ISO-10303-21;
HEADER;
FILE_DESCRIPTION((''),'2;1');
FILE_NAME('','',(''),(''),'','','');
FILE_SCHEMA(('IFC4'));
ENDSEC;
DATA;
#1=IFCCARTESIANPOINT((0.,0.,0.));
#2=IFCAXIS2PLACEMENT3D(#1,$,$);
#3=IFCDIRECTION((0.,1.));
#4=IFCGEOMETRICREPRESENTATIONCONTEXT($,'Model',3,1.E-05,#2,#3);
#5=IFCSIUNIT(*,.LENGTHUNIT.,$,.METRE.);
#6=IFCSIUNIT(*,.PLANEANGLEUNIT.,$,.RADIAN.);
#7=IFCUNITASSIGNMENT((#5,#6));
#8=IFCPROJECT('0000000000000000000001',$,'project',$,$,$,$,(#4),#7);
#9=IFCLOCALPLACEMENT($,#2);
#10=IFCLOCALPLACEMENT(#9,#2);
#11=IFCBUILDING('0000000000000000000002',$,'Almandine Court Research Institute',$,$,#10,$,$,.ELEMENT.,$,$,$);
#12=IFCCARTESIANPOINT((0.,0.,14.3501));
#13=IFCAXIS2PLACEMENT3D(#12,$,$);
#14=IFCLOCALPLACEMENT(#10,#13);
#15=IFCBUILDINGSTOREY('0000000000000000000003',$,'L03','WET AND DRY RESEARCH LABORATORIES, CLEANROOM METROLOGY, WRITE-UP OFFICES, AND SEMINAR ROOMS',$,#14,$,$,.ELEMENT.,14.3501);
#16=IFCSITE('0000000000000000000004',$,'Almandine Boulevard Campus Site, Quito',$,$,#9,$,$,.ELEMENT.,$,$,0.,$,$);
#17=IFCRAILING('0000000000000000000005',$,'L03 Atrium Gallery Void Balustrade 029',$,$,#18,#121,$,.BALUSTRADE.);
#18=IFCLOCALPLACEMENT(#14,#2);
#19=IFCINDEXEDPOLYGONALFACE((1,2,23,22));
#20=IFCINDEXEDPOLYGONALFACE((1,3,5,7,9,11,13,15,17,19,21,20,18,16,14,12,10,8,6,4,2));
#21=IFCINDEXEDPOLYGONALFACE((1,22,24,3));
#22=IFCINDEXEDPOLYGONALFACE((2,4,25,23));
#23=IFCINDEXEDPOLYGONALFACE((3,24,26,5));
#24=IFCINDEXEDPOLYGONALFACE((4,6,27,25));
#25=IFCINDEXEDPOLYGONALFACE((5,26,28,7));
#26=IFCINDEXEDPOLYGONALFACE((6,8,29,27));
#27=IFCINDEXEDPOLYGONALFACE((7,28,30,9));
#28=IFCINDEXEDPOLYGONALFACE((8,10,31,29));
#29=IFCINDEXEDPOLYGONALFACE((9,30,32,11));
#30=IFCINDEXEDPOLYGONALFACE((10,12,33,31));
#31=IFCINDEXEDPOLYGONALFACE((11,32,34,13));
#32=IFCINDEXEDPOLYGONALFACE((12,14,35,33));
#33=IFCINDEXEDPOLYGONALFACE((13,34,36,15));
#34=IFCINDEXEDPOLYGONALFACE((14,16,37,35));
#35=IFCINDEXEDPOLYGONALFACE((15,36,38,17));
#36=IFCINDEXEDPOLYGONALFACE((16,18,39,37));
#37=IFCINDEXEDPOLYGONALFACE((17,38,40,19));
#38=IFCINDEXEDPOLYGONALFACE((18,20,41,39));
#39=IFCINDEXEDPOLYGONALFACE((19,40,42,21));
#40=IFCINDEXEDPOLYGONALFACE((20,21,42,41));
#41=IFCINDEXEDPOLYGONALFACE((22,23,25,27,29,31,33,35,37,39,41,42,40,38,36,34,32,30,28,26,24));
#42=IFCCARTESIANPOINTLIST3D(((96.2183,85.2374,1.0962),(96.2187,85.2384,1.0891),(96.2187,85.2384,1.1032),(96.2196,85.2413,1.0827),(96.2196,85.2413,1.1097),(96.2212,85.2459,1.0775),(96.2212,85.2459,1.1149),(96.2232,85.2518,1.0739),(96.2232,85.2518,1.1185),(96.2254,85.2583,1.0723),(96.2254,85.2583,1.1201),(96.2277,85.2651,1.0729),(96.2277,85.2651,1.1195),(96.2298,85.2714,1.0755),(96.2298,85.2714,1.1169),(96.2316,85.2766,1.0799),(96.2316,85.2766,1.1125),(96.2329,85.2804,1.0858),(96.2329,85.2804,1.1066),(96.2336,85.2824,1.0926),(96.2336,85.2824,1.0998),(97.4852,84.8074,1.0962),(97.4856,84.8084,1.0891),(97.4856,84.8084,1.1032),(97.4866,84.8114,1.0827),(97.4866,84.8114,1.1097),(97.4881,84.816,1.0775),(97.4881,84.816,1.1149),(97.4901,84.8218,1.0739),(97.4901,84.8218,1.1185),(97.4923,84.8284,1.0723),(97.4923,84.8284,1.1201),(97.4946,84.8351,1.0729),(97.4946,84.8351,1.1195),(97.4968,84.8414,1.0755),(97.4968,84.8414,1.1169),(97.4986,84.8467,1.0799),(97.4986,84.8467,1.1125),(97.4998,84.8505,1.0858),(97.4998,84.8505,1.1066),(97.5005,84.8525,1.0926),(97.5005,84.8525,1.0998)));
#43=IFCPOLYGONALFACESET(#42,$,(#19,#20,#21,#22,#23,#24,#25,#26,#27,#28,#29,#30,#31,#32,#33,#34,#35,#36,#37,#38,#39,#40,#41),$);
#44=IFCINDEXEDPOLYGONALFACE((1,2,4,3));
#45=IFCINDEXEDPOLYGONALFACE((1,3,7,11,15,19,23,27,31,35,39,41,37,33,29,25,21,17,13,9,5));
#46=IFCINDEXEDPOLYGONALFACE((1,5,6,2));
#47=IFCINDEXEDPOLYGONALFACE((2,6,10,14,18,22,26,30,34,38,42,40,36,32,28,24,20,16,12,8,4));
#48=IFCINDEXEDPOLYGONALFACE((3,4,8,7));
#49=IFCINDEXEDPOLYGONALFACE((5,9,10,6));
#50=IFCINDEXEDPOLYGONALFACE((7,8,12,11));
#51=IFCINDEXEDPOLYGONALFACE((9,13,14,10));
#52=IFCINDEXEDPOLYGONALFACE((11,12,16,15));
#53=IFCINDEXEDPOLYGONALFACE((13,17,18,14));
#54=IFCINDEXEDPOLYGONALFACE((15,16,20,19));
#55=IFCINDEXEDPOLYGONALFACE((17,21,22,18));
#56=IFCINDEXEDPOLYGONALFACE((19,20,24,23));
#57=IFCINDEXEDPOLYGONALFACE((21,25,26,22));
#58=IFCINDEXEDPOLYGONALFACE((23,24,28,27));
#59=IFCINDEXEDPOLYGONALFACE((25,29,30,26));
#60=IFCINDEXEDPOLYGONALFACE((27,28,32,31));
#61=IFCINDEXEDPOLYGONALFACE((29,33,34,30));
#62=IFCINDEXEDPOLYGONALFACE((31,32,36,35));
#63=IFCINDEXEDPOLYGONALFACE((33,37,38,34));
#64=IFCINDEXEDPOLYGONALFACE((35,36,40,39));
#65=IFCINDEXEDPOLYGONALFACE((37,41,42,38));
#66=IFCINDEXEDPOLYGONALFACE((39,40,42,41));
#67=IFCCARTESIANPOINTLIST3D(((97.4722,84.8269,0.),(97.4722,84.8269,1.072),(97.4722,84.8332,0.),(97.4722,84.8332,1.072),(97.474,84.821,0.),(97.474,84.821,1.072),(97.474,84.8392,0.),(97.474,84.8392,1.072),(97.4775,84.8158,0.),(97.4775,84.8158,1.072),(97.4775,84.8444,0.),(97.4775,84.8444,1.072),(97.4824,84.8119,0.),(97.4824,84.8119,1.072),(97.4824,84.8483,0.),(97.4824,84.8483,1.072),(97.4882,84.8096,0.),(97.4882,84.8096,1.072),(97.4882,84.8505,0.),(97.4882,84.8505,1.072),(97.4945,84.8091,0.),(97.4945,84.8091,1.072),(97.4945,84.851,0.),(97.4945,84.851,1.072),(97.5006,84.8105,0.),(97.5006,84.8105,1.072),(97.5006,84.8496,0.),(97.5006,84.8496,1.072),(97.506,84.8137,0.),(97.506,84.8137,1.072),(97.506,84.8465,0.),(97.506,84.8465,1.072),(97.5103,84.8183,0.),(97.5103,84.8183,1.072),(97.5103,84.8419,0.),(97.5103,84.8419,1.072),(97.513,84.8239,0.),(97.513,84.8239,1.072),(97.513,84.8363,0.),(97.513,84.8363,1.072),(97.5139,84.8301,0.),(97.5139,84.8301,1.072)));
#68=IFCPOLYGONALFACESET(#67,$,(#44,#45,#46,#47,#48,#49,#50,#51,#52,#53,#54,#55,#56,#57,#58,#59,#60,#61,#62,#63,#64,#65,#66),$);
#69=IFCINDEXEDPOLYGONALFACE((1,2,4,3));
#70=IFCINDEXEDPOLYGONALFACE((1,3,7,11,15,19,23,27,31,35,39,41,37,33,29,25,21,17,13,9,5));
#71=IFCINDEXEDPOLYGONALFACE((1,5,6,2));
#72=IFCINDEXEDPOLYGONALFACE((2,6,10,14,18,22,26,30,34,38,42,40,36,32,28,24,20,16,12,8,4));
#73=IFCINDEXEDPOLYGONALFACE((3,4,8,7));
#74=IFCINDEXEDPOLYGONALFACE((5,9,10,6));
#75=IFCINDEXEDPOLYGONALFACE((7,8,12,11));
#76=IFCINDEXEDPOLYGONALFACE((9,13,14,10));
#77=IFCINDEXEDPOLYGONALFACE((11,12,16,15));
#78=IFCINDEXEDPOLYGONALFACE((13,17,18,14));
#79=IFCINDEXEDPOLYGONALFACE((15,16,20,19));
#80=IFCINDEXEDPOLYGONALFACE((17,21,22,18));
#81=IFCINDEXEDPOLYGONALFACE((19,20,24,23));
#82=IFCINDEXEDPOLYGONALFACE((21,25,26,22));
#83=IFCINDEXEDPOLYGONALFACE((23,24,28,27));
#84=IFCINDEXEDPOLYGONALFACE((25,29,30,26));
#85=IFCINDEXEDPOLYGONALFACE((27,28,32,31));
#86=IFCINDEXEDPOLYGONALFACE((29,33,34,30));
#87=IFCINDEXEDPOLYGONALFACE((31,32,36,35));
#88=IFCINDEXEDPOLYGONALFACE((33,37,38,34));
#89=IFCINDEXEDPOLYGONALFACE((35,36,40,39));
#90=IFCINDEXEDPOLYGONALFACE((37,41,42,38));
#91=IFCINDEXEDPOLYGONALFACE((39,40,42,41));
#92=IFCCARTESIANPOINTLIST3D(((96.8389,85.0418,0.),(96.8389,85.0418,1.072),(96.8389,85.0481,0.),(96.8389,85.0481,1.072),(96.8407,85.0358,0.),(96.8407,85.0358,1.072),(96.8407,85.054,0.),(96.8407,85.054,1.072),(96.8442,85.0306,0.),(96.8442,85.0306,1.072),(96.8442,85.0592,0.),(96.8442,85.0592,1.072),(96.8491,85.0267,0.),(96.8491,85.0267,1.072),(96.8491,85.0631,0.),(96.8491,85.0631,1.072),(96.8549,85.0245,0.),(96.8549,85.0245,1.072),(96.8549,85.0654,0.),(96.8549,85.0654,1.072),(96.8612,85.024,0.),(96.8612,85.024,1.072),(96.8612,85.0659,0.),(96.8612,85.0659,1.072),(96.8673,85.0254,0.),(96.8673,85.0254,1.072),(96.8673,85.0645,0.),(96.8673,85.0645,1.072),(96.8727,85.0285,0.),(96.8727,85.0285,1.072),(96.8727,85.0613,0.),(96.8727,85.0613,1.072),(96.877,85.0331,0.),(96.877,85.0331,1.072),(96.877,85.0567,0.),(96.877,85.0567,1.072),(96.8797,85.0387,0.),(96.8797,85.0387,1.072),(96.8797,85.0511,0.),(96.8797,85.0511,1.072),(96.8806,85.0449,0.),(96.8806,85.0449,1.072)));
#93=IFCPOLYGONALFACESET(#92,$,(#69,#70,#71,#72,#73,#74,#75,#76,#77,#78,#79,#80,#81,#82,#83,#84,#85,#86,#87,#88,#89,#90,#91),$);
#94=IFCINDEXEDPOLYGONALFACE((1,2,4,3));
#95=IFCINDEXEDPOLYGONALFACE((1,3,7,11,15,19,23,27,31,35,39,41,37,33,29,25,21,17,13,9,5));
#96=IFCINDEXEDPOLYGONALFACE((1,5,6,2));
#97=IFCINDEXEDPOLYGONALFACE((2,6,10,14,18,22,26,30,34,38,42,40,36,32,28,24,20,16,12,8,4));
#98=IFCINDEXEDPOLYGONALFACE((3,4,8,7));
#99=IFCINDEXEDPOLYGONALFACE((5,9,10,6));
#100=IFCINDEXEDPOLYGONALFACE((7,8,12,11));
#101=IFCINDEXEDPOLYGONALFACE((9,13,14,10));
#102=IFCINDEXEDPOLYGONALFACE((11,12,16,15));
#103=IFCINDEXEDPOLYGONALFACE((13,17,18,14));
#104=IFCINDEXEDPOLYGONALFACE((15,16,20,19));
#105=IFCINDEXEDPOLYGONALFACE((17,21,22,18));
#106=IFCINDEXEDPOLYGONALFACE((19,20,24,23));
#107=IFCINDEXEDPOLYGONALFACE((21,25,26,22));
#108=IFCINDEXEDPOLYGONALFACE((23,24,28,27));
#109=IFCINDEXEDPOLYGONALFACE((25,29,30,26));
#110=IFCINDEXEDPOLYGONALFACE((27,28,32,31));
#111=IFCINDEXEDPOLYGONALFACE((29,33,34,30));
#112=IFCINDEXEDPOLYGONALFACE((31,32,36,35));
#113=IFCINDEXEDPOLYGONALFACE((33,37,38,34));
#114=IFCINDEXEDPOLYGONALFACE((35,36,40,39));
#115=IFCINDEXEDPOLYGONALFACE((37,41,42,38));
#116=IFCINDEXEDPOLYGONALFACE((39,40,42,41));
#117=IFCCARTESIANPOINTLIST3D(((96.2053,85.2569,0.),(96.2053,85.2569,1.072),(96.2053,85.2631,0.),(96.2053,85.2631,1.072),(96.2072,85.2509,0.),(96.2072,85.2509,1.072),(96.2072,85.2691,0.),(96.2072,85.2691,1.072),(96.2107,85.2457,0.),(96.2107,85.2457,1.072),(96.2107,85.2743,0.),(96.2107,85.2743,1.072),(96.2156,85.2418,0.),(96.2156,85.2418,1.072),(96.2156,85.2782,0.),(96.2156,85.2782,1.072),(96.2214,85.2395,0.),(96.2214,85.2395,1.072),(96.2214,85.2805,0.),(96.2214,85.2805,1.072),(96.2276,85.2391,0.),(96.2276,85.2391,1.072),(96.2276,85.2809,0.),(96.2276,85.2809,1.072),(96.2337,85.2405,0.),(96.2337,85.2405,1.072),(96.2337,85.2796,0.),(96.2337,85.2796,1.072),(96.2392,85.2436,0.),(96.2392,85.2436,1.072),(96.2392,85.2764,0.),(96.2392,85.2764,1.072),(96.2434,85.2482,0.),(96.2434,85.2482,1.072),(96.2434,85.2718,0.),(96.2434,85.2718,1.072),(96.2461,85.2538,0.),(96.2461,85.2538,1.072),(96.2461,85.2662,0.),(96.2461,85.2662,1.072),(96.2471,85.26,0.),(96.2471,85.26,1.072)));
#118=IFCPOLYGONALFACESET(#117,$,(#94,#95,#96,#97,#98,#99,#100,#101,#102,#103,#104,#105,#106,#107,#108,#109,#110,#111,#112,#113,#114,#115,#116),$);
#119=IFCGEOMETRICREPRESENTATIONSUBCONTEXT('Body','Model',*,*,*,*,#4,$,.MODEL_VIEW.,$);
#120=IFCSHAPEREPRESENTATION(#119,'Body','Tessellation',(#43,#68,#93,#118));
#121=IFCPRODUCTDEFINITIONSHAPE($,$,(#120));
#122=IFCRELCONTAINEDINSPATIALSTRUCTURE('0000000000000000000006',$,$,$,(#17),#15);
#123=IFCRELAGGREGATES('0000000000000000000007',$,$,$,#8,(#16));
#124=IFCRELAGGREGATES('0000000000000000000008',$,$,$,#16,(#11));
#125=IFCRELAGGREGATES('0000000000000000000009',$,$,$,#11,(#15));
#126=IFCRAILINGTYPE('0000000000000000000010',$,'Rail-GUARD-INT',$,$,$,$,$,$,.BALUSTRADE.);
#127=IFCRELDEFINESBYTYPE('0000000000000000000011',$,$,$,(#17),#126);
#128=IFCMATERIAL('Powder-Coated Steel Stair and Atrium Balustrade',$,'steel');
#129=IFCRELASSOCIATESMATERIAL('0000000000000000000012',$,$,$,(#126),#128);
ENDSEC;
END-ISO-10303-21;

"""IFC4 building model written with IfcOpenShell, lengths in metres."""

from ifc_helpers import new_model, si_unit, direction, frame, origin, origin_2d, place, context, subcontext, project, spatial, circle, extrude, material, type_object, element, save


model = new_model("IFC4")

# Units and contexts
model_context = context("Model", 3, precision=1e-05, world=origin(), true_north=direction((0.0, 1.0)))
body_context = subcontext(model_context, "Body", "Model", "MODEL_VIEW")
ifc_project = project(units=[si_unit("LENGTHUNIT", "METRE"), si_unit("PLANEANGLEUNIT", "RADIAN")], contexts=[model_context])

# Site, building, storey
site_placement = place(None, origin())
site = spatial("IfcSite", under=ifc_project, at=site_placement, Name="Almandine Boulevard Campus Site, Quito", CompositionType="ELEMENT", RefElevation=0.0)
building_placement = place(site_placement, origin())
building = spatial("IfcBuilding", under=site, at=building_placement, Name="Almandine Court Research Institute", CompositionType="ELEMENT")
storey_placement = place(building_placement, frame((0.0, 0.0, 14.3501)))
storey = spatial("IfcBuildingStorey", under=building, at=storey_placement, Name="L03", Description="WET AND DRY RESEARCH LABORATORIES, CLEANROOM METROLOGY, WRITE-UP OFFICES, AND SEMINAR ROOMS", CompositionType="ELEMENT", Elevation=14.3501)

# Railing
ifc_material_1 = material(Name="Powder-Coated Steel Stair and Atrium Balustrade", Category="steel")
railing_type_1 = type_object("IfcRailingType", Name="Rail-GUARD-INT", PredefinedType="BALUSTRADE", material=ifc_material_1)
railing_1_placement = place(storey_placement, frame((97.4929, 84.8301, 0.0)))
element("IfcRailing", 1, at=railing_1_placement, inside=storey, type_object=railing_type_1, Name="L03 Atrium Gallery Void Balustrade 029", PredefinedType="BALUSTRADE", context=body_context, shape_type="SweptSolid", body=[
    extrude(circle(Radius=0.0239, at=origin_2d()), frame((0.0, 0.0, 1.0962), z_axis=(-0.946954, 0.321369, 0.0), x_axis=(-0.321369, -0.946954, 0.0)), (0.0, 0.0, 1.0), 1.3379),
    extrude(circle(Radius=0.021, at=origin_2d()), origin(), (0.0, 0.0, 1.0), 1.072),
    extrude(circle(Radius=0.021, at=origin_2d()), frame((-0.6333, 0.2148, 0.0)), (0.0, 0.0, 1.0), 1.072),
    extrude(circle(Radius=0.021, at=origin_2d()), frame((-1.2668, 0.4299, 0.0)), (0.0, 0.0, 1.0), 1.072),
])

save(model, "model.ifc")
